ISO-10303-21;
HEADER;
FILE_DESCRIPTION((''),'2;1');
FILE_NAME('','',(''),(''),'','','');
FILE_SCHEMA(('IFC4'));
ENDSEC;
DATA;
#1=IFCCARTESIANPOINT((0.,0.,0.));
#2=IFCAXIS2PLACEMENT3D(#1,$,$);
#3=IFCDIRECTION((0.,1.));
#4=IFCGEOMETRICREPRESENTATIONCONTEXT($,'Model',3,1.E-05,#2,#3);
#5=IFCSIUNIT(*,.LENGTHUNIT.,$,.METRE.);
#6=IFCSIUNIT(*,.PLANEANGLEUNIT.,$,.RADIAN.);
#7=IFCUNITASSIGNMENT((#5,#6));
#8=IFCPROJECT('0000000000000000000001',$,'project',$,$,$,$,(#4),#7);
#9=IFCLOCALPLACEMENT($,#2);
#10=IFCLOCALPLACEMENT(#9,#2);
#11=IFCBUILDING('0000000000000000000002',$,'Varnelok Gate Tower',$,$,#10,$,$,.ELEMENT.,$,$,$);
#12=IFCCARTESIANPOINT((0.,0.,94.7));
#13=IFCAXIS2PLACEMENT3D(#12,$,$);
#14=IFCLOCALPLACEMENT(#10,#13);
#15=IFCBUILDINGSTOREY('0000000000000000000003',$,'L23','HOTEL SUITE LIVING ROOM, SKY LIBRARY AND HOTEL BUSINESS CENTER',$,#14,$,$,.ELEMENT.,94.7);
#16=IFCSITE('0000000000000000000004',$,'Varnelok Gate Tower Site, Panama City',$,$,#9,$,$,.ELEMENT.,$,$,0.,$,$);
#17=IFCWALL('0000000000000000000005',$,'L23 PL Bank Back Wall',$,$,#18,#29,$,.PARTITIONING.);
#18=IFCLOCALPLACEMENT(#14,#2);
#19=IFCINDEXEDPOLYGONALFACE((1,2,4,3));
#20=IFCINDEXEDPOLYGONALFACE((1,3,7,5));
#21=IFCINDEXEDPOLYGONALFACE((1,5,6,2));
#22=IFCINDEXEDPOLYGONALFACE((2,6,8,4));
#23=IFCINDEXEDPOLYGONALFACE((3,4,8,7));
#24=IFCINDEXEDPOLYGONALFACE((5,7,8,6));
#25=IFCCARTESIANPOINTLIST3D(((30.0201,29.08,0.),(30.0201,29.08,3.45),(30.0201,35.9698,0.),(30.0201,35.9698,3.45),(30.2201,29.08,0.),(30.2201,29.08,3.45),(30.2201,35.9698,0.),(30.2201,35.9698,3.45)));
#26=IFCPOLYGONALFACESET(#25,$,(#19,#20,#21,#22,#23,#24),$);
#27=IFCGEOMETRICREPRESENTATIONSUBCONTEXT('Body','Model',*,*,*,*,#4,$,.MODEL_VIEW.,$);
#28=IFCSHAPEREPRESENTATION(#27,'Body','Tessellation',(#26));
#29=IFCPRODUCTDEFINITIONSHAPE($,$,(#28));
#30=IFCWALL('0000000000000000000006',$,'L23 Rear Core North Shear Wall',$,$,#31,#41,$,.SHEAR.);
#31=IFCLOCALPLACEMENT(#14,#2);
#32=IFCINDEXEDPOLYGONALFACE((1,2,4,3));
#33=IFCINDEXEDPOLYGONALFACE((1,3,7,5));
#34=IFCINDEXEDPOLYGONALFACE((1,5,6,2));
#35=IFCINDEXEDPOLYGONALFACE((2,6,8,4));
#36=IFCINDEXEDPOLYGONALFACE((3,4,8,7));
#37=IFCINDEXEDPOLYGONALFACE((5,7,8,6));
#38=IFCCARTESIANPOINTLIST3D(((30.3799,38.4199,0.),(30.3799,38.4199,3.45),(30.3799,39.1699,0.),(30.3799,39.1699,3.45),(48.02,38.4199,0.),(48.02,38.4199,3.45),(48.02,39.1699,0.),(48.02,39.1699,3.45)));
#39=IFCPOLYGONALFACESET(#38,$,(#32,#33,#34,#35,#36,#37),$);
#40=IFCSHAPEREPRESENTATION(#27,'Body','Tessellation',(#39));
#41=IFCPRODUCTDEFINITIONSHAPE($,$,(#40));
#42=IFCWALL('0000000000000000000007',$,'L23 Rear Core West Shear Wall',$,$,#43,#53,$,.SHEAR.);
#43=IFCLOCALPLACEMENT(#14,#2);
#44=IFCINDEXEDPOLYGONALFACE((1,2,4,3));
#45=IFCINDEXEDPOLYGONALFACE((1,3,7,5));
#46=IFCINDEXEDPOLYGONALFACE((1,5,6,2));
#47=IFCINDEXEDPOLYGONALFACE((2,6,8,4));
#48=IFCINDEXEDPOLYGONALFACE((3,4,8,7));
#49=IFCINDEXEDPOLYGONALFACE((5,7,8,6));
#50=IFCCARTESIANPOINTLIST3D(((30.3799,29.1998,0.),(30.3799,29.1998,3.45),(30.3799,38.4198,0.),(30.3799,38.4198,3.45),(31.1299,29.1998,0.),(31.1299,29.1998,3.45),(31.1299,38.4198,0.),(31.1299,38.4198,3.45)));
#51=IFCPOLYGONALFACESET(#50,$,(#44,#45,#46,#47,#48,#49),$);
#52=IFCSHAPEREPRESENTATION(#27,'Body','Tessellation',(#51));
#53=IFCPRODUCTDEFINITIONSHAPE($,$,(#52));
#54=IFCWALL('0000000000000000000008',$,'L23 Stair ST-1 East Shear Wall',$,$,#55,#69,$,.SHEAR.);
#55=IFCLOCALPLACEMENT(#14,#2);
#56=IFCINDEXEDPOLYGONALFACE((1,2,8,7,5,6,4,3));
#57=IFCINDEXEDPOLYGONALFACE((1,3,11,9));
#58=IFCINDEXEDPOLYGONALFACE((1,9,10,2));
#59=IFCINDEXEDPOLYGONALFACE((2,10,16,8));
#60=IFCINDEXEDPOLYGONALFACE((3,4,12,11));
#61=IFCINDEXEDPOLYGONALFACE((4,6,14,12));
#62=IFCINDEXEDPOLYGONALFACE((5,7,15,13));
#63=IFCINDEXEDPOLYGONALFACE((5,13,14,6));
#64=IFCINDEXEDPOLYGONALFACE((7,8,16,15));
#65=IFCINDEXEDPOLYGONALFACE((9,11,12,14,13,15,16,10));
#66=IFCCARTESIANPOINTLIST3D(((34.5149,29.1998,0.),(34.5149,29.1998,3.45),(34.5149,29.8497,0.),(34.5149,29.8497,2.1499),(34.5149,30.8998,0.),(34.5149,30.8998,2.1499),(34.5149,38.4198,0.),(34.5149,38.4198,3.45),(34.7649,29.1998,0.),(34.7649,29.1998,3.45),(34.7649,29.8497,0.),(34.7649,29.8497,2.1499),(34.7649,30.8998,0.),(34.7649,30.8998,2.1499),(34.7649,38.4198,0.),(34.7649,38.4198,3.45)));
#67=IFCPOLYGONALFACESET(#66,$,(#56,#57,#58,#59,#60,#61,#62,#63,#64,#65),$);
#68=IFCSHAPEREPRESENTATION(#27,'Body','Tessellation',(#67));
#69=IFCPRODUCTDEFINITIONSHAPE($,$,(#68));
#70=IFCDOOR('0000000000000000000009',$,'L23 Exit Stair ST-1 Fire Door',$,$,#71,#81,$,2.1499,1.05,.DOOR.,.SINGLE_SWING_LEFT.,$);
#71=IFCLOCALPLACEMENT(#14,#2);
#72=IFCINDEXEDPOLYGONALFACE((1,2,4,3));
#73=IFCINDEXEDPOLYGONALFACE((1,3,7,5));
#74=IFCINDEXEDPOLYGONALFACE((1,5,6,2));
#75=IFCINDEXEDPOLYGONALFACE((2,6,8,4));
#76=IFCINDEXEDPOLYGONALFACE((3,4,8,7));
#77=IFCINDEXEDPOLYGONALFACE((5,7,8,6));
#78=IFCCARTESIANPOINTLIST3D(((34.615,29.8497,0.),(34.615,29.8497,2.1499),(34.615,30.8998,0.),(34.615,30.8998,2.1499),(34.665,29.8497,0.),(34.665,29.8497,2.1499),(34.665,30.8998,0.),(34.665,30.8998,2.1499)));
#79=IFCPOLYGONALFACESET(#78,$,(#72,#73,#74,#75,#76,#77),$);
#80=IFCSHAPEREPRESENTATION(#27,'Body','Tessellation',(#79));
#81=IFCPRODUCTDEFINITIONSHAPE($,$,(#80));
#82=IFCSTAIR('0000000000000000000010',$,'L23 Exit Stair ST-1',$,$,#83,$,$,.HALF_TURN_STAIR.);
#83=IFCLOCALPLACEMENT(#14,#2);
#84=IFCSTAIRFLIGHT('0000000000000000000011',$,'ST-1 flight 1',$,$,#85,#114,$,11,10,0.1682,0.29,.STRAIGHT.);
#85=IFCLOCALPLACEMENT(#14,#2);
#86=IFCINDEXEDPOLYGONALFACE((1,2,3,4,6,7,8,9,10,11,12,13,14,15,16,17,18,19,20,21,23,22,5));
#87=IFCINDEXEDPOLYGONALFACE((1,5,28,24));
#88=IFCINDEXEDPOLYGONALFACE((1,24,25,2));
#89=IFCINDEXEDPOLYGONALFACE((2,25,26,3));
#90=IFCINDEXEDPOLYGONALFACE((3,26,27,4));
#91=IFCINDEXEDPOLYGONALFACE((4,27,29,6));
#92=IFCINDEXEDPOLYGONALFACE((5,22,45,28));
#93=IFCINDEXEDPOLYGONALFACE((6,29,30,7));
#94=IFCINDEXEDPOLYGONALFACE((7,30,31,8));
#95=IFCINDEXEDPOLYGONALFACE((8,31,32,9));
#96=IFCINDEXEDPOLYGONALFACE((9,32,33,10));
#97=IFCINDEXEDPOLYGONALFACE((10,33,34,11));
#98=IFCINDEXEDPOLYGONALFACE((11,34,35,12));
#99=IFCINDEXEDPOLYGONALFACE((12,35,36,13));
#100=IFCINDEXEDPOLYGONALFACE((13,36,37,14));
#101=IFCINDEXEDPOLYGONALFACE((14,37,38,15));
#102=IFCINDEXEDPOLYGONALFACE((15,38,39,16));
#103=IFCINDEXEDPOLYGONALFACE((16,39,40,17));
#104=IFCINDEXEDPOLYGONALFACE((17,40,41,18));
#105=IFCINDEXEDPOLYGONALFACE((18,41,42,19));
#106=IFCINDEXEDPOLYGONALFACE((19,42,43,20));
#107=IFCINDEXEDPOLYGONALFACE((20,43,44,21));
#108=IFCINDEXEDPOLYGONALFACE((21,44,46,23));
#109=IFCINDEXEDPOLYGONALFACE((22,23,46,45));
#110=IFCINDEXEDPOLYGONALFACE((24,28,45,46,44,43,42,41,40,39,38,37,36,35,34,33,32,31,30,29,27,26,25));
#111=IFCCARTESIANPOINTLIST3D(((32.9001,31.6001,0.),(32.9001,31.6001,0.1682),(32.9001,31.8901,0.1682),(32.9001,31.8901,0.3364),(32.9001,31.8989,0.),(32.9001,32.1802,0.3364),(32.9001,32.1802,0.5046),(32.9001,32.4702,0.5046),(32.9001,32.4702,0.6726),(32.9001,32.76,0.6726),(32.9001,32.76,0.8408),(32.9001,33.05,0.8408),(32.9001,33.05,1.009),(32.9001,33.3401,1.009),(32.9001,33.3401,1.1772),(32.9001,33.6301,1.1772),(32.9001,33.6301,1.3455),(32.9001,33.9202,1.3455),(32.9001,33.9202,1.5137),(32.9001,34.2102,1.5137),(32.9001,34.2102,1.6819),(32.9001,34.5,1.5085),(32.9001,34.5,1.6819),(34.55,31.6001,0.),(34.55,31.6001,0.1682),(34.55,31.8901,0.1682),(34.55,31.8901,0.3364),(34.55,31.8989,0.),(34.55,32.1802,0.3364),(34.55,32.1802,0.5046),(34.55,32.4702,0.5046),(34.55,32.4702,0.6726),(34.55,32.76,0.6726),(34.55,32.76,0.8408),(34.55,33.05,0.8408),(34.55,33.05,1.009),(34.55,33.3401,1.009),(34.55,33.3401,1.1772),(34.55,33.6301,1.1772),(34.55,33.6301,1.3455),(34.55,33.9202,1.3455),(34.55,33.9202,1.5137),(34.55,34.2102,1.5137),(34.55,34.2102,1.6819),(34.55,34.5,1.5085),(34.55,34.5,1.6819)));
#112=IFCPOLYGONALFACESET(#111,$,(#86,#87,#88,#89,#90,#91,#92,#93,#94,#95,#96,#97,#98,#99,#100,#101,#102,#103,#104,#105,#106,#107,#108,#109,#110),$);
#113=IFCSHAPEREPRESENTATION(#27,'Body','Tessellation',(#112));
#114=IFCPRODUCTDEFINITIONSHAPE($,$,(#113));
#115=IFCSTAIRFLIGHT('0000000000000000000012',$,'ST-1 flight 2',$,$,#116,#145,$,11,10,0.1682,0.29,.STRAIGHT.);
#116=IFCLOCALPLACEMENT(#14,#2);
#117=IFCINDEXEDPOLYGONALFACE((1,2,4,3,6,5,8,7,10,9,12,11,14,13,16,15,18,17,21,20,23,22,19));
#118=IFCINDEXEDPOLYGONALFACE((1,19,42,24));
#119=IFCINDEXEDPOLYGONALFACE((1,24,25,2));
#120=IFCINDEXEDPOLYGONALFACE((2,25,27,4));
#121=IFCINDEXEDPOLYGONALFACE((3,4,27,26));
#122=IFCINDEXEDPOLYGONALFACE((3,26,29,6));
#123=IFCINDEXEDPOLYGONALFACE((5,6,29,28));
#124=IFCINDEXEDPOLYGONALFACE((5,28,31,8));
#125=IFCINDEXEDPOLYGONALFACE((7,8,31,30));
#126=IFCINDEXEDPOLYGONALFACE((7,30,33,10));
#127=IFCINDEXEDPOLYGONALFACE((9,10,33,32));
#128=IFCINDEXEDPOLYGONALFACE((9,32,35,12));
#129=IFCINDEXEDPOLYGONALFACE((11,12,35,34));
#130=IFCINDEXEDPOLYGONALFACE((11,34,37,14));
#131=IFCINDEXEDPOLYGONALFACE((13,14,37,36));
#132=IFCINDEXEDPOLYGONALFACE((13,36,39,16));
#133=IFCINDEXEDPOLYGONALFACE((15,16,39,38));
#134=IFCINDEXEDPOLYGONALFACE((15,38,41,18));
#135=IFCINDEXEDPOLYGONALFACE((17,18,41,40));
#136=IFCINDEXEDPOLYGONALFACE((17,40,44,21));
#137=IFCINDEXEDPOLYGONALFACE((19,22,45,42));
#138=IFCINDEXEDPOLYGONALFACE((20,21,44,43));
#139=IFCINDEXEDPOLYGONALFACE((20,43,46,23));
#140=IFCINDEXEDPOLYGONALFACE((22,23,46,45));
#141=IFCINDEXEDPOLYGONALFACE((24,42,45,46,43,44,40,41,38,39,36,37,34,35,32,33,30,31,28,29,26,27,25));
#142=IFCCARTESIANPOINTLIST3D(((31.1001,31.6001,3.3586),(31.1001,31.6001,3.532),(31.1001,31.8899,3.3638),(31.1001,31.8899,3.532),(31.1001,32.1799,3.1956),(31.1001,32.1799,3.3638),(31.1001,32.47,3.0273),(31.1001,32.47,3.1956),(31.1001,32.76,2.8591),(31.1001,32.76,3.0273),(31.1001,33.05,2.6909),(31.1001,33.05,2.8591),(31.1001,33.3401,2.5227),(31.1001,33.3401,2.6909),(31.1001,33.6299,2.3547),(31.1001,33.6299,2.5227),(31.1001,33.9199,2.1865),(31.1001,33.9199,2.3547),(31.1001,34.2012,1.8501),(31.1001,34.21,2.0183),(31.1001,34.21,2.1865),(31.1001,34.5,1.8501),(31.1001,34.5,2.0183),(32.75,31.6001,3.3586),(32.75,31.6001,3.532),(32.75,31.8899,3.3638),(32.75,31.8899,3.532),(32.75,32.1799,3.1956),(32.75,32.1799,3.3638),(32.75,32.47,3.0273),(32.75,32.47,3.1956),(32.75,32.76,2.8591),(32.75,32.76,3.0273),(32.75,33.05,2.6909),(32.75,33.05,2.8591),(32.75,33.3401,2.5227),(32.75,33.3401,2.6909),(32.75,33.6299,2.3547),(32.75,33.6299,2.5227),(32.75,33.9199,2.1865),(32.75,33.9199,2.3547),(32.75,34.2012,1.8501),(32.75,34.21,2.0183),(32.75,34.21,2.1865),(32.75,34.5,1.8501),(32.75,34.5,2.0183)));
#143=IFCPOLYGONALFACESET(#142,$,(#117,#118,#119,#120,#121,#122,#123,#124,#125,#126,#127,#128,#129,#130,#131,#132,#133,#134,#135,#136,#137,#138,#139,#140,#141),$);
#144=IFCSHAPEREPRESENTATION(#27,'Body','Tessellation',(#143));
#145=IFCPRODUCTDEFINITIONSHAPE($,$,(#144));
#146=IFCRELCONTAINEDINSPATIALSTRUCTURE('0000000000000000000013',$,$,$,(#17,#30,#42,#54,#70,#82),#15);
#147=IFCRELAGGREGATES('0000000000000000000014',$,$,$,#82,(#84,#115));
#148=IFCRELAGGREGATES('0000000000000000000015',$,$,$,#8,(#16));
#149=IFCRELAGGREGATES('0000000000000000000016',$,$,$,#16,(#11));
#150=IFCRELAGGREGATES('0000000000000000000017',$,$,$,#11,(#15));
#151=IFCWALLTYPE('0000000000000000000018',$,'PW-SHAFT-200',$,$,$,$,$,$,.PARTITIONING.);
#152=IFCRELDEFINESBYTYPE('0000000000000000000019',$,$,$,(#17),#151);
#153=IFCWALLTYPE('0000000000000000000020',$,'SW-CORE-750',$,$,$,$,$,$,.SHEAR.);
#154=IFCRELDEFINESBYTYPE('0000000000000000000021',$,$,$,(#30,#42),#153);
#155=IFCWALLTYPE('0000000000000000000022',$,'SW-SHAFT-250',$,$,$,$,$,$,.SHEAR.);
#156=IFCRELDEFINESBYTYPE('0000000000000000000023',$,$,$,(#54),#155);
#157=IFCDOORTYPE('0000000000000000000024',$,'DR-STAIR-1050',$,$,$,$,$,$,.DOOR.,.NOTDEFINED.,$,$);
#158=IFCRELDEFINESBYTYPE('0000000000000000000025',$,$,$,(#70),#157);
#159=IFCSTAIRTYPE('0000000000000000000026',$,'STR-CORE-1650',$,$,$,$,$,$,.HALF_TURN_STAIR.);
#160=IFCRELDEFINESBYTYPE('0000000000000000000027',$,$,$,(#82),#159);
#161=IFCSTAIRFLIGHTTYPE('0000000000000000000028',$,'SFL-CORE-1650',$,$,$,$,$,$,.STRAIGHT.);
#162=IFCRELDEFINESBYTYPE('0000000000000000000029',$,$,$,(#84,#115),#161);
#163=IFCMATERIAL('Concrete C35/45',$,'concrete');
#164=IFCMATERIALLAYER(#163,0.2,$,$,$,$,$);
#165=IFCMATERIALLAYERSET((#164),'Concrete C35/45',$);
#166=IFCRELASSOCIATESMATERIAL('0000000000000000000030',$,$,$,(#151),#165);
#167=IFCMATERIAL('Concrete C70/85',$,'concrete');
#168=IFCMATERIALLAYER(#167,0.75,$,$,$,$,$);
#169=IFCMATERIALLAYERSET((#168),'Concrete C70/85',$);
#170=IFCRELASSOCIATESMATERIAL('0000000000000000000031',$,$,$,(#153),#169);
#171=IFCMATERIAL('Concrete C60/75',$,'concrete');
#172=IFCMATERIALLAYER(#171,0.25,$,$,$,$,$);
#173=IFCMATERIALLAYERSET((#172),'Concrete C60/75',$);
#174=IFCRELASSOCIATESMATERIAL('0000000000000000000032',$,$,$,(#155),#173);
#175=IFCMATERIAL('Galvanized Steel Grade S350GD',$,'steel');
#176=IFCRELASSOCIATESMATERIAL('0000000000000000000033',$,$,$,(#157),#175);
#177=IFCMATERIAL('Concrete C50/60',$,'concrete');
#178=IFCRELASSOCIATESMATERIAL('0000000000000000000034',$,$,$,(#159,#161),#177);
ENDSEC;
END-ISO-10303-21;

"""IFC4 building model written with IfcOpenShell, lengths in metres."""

from ifc_helpers import new_model, si_unit, direction, frame, frame_2d, origin, place, context, subcontext, project, spatial, polyline, rectangle, outline, extrude, material, layer, layer_set, type_object, element, fill, aggregate, save


model = new_model("IFC4")

# Units and contexts
model_context = context("Model", 3, precision=1e-05, world=origin(), true_north=direction((0.0, 1.0)))
body_context = subcontext(model_context, "Body", "Model", "MODEL_VIEW")
ifc_project = project(units=[si_unit("LENGTHUNIT", "METRE"), si_unit("PLANEANGLEUNIT", "RADIAN")], contexts=[model_context])

# Site, building, storey
site_placement = place(None, origin())
site = spatial("IfcSite", under=ifc_project, at=site_placement, Name="Varnelok Gate Tower Site, Panama City", CompositionType="ELEMENT", RefElevation=0.0)
building_placement = place(site_placement, origin())
building = spatial("IfcBuilding", under=site, at=building_placement, Name="Varnelok Gate Tower", CompositionType="ELEMENT")
storey_placement = place(building_placement, frame((0.0, 0.0, 94.7)))
storey = spatial("IfcBuildingStorey", under=building, at=storey_placement, Name="L23", Description="HOTEL SUITE LIVING ROOM, SKY LIBRARY AND HOTEL BUSINESS CENTER", CompositionType="ELEMENT", Elevation=94.7)

# Shared definitions
ifc_material_1 = material(Name="Concrete C35/45", Category="concrete")
ifc_layer_1 = layer(ifc_material_1, 0.2)
ifc_layer_set_1 = layer_set([ifc_layer_1], Name="Concrete C35/45")
wall_type_1 = type_object("IfcWallType", Name="PW-SHAFT-200", PredefinedType="PARTITIONING", material=ifc_layer_set_1)
ifc_material_2 = material(Name="Galvanized Steel Grade S350GD", Category="steel")

# Wall
wall_1_placement = place(storey_placement, frame((30.1201, 29.0801, 0.0), z_axis=(0.0, 0.0, 1.0), x_axis=(0.0, 1.0, 0.0)))
element("IfcWall", 1, at=wall_1_placement, inside=storey, type_object=wall_type_1, Name="L23 PL Bank Back Wall", PredefinedType="PARTITIONING", context=body_context, shape_type="SweptSolid", body=[
    extrude(rectangle(XDim=6.8899, YDim=0.2, at=frame_2d((3.4448, 0.0))), origin(), (0.0, 0.0, 1.0), 3.45),
])

# Walls
ifc_material_3 = material(Name="Concrete C70/85", Category="concrete")
ifc_layer_2 = layer(ifc_material_3, 0.75)
ifc_layer_set_2 = layer_set([ifc_layer_2], Name="Concrete C70/85")
wall_type_2 = type_object("IfcWallType", Name="SW-CORE-750", PredefinedType="SHEAR", material=ifc_layer_set_2)
wall_2_placement = place(storey_placement, frame((30.3799, 38.7949, 0.0), z_axis=(0.0, 0.0, 1.0), x_axis=(1.0, 0.0, 0.0)))
element("IfcWall", 2, at=wall_2_placement, inside=storey, type_object=wall_type_2, Name="L23 Rear Core North Shear Wall", PredefinedType="SHEAR", context=body_context, shape_type="SweptSolid", body=[
    extrude(rectangle(XDim=17.6401, YDim=0.75, at=frame_2d((8.8201, 0.0))), origin(), (0.0, 0.0, 1.0), 3.45),
])
wall_3_placement = place(storey_placement, frame((30.7549, 29.2, 0.0), z_axis=(0.0, 0.0, 1.0), x_axis=(0.0, 1.0, 0.0)))
element("IfcWall", 3, at=wall_3_placement, inside=storey, type_object=wall_type_2, Name="L23 Rear Core West Shear Wall", PredefinedType="SHEAR", context=body_context, shape_type="SweptSolid", body=[
    extrude(rectangle(XDim=9.22, YDim=0.75, at=frame_2d((4.6099, 0.0))), origin(), (0.0, 0.0, 1.0), 3.45),
])

# Wall, opening, door
ifc_material_4 = material(Name="Concrete C60/75", Category="concrete")
ifc_layer_3 = layer(ifc_material_4, 0.25)
ifc_layer_set_3 = layer_set([ifc_layer_3], Name="Concrete C60/75")
wall_type_3 = type_object("IfcWallType", Name="SW-SHAFT-250", PredefinedType="SHEAR", material=ifc_layer_set_3)
wall_4_placement = place(storey_placement, frame((34.6399, 29.2, 0.0), z_axis=(0.0, 0.0, 1.0), x_axis=(0.0, 1.0, 0.0)))
wall_4 = element("IfcWall", 4, at=wall_4_placement, inside=storey, type_object=wall_type_3, Name="L23 Stair ST-1 East Shear Wall", PredefinedType="SHEAR", context=body_context, shape_type="SweptSolid", body=[
    extrude(rectangle(XDim=9.22, YDim=0.25, at=frame_2d((4.6099, 0.0))), origin(), (0.0, 0.0, 1.0), 3.45),
])
opening_1_placement = place(wall_4_placement, frame((0.6499, 0.0, 0.0)))
opening_1 = element("IfcOpeningElement", 5, at=opening_1_placement, cuts=wall_4, PredefinedType="OPENING", context=body_context, shape_type="SweptSolid", body=[
    extrude(rectangle(XDim=1.05, YDim=2.1499, at=frame_2d((0.5249, 1.075))), frame((0.0, 0.135, 0.0), z_axis=(0.0, -1.0, 0.0), x_axis=(1.0, 0.0, 0.0)), (0.0, 0.0, 1.0), 0.27),
])
door_type_1 = type_object("IfcDoorType", Name="DR-STAIR-1050", OperationType="NOTDEFINED", PredefinedType="DOOR", material=ifc_material_2)
door_1_placement = place(opening_1_placement, origin())
door_1 = element("IfcDoor", 6, at=door_1_placement, inside=storey, type_object=door_type_1, Name="L23 Exit Stair ST-1 Fire Door", OperationType="SINGLE_SWING_LEFT", OverallHeight=2.1499, OverallWidth=1.05, PredefinedType="DOOR", context=body_context, shape_type="SweptSolid", body=[
    extrude(rectangle(XDim=1.05, YDim=2.1499, at=frame_2d((0.5249, 1.075))), frame((0.0, 0.0249, 0.0), z_axis=(0.0, -1.0, 0.0), x_axis=(1.0, 0.0, 0.0)), (0.0, 0.0, 1.0), 0.05),
])
fill(opening_1, door_1)

# Stair, stair flights
ifc_material_5 = material(Name="Concrete C50/60", Category="concrete")
stair_type = type_object("IfcStairType", Name="STR-CORE-1650", PredefinedType="HALF_TURN_STAIR", material=ifc_material_5)
stair_placement = place(storey_placement, origin())
stair = element("IfcStair", 7, at=stair_placement, inside=storey, type_object=stair_type, Name="L23 Exit Stair ST-1", PredefinedType="HALF_TURN_STAIR")
stair_flight_type = type_object("IfcStairFlightType", Name="SFL-CORE-1650", PredefinedType="STRAIGHT", material=ifc_material_5)
stair_flight_1_placement = place(storey_placement, frame((33.7251, 31.6001, 0.0), z_axis=(0.0, 0.0, 1.0), x_axis=(0.0, 1.0, 0.0)))
stair_flight_1 = element("IfcStairFlight", 8, at=stair_flight_1_placement, type_object=stair_flight_type, Name="ST-1 flight 1", NumberOfRisers=11, NumberOfTreads=10, PredefinedType="STRAIGHT", RiserHeight=0.1682, TreadLength=0.29, context=body_context, shape_type="SweptSolid", body=[
    extrude(outline(polyline([(0.0, 0.0), (0.0, 0.1682), (0.29, 0.1682), (0.29, 0.3364), (0.5801, 0.3364), (0.5801, 0.5046), (0.8701, 0.5046), (0.8701, 0.6726), (1.1599, 0.6726), (1.1599, 0.8408), (1.45, 0.8408), (1.45, 1.009), (1.74, 1.009), (1.74, 1.1772), (2.03, 1.1772), (2.03, 1.3455), (2.3201, 1.3455), (2.3201, 1.5137), (2.6101, 1.5137), (2.6101, 1.6819), (2.8999, 1.6819), (2.8999, 1.8501), (2.8999, 1.5085), (0.2988, 0.0), (0.0, 0.0)])), frame((0.0, 0.825, 0.0), z_axis=(0.0, -1.0, 0.0), x_axis=(1.0, 0.0, 0.0)), (0.0, 0.0, 1.0), 1.6499),
])
stair_flight_2_placement = place(storey_placement, frame((31.925, 34.5, 1.8501), z_axis=(0.0, 0.0, 1.0), x_axis=(0.0, -1.0, 0.0)))
stair_flight_2 = element("IfcStairFlight", 9, at=stair_flight_2_placement, type_object=stair_flight_type, Name="ST-1 flight 2", NumberOfRisers=11, NumberOfTreads=10, PredefinedType="STRAIGHT", RiserHeight=0.1682, TreadLength=0.29, context=body_context, shape_type="SweptSolid", body=[
    extrude(outline(polyline([(0.0, 0.0), (0.0, 0.1682), (0.29, 0.1682), (0.29, 0.3364), (0.5801, 0.3364), (0.5801, 0.5046), (0.8701, 0.5046), (0.8701, 0.6726), (1.1599, 0.6726), (1.1599, 0.8408), (1.45, 0.8408), (1.45, 1.009), (1.74, 1.009), (1.74, 1.1772), (2.03, 1.1772), (2.03, 1.3455), (2.3201, 1.3455), (2.3201, 1.5137), (2.6101, 1.5137), (2.6101, 1.6819), (2.8999, 1.6819), (2.8999, 1.8501), (2.8999, 1.5085), (0.2988, 0.0), (0.0, 0.0)])), frame((0.0, 0.825, 0.0), z_axis=(0.0, -1.0, 0.0), x_axis=(1.0, 0.0, 0.0)), (0.0, 0.0, 1.0), 1.6499),
])
aggregate(stair, [stair_flight_1, stair_flight_2])

save(model, "model.ifc")
